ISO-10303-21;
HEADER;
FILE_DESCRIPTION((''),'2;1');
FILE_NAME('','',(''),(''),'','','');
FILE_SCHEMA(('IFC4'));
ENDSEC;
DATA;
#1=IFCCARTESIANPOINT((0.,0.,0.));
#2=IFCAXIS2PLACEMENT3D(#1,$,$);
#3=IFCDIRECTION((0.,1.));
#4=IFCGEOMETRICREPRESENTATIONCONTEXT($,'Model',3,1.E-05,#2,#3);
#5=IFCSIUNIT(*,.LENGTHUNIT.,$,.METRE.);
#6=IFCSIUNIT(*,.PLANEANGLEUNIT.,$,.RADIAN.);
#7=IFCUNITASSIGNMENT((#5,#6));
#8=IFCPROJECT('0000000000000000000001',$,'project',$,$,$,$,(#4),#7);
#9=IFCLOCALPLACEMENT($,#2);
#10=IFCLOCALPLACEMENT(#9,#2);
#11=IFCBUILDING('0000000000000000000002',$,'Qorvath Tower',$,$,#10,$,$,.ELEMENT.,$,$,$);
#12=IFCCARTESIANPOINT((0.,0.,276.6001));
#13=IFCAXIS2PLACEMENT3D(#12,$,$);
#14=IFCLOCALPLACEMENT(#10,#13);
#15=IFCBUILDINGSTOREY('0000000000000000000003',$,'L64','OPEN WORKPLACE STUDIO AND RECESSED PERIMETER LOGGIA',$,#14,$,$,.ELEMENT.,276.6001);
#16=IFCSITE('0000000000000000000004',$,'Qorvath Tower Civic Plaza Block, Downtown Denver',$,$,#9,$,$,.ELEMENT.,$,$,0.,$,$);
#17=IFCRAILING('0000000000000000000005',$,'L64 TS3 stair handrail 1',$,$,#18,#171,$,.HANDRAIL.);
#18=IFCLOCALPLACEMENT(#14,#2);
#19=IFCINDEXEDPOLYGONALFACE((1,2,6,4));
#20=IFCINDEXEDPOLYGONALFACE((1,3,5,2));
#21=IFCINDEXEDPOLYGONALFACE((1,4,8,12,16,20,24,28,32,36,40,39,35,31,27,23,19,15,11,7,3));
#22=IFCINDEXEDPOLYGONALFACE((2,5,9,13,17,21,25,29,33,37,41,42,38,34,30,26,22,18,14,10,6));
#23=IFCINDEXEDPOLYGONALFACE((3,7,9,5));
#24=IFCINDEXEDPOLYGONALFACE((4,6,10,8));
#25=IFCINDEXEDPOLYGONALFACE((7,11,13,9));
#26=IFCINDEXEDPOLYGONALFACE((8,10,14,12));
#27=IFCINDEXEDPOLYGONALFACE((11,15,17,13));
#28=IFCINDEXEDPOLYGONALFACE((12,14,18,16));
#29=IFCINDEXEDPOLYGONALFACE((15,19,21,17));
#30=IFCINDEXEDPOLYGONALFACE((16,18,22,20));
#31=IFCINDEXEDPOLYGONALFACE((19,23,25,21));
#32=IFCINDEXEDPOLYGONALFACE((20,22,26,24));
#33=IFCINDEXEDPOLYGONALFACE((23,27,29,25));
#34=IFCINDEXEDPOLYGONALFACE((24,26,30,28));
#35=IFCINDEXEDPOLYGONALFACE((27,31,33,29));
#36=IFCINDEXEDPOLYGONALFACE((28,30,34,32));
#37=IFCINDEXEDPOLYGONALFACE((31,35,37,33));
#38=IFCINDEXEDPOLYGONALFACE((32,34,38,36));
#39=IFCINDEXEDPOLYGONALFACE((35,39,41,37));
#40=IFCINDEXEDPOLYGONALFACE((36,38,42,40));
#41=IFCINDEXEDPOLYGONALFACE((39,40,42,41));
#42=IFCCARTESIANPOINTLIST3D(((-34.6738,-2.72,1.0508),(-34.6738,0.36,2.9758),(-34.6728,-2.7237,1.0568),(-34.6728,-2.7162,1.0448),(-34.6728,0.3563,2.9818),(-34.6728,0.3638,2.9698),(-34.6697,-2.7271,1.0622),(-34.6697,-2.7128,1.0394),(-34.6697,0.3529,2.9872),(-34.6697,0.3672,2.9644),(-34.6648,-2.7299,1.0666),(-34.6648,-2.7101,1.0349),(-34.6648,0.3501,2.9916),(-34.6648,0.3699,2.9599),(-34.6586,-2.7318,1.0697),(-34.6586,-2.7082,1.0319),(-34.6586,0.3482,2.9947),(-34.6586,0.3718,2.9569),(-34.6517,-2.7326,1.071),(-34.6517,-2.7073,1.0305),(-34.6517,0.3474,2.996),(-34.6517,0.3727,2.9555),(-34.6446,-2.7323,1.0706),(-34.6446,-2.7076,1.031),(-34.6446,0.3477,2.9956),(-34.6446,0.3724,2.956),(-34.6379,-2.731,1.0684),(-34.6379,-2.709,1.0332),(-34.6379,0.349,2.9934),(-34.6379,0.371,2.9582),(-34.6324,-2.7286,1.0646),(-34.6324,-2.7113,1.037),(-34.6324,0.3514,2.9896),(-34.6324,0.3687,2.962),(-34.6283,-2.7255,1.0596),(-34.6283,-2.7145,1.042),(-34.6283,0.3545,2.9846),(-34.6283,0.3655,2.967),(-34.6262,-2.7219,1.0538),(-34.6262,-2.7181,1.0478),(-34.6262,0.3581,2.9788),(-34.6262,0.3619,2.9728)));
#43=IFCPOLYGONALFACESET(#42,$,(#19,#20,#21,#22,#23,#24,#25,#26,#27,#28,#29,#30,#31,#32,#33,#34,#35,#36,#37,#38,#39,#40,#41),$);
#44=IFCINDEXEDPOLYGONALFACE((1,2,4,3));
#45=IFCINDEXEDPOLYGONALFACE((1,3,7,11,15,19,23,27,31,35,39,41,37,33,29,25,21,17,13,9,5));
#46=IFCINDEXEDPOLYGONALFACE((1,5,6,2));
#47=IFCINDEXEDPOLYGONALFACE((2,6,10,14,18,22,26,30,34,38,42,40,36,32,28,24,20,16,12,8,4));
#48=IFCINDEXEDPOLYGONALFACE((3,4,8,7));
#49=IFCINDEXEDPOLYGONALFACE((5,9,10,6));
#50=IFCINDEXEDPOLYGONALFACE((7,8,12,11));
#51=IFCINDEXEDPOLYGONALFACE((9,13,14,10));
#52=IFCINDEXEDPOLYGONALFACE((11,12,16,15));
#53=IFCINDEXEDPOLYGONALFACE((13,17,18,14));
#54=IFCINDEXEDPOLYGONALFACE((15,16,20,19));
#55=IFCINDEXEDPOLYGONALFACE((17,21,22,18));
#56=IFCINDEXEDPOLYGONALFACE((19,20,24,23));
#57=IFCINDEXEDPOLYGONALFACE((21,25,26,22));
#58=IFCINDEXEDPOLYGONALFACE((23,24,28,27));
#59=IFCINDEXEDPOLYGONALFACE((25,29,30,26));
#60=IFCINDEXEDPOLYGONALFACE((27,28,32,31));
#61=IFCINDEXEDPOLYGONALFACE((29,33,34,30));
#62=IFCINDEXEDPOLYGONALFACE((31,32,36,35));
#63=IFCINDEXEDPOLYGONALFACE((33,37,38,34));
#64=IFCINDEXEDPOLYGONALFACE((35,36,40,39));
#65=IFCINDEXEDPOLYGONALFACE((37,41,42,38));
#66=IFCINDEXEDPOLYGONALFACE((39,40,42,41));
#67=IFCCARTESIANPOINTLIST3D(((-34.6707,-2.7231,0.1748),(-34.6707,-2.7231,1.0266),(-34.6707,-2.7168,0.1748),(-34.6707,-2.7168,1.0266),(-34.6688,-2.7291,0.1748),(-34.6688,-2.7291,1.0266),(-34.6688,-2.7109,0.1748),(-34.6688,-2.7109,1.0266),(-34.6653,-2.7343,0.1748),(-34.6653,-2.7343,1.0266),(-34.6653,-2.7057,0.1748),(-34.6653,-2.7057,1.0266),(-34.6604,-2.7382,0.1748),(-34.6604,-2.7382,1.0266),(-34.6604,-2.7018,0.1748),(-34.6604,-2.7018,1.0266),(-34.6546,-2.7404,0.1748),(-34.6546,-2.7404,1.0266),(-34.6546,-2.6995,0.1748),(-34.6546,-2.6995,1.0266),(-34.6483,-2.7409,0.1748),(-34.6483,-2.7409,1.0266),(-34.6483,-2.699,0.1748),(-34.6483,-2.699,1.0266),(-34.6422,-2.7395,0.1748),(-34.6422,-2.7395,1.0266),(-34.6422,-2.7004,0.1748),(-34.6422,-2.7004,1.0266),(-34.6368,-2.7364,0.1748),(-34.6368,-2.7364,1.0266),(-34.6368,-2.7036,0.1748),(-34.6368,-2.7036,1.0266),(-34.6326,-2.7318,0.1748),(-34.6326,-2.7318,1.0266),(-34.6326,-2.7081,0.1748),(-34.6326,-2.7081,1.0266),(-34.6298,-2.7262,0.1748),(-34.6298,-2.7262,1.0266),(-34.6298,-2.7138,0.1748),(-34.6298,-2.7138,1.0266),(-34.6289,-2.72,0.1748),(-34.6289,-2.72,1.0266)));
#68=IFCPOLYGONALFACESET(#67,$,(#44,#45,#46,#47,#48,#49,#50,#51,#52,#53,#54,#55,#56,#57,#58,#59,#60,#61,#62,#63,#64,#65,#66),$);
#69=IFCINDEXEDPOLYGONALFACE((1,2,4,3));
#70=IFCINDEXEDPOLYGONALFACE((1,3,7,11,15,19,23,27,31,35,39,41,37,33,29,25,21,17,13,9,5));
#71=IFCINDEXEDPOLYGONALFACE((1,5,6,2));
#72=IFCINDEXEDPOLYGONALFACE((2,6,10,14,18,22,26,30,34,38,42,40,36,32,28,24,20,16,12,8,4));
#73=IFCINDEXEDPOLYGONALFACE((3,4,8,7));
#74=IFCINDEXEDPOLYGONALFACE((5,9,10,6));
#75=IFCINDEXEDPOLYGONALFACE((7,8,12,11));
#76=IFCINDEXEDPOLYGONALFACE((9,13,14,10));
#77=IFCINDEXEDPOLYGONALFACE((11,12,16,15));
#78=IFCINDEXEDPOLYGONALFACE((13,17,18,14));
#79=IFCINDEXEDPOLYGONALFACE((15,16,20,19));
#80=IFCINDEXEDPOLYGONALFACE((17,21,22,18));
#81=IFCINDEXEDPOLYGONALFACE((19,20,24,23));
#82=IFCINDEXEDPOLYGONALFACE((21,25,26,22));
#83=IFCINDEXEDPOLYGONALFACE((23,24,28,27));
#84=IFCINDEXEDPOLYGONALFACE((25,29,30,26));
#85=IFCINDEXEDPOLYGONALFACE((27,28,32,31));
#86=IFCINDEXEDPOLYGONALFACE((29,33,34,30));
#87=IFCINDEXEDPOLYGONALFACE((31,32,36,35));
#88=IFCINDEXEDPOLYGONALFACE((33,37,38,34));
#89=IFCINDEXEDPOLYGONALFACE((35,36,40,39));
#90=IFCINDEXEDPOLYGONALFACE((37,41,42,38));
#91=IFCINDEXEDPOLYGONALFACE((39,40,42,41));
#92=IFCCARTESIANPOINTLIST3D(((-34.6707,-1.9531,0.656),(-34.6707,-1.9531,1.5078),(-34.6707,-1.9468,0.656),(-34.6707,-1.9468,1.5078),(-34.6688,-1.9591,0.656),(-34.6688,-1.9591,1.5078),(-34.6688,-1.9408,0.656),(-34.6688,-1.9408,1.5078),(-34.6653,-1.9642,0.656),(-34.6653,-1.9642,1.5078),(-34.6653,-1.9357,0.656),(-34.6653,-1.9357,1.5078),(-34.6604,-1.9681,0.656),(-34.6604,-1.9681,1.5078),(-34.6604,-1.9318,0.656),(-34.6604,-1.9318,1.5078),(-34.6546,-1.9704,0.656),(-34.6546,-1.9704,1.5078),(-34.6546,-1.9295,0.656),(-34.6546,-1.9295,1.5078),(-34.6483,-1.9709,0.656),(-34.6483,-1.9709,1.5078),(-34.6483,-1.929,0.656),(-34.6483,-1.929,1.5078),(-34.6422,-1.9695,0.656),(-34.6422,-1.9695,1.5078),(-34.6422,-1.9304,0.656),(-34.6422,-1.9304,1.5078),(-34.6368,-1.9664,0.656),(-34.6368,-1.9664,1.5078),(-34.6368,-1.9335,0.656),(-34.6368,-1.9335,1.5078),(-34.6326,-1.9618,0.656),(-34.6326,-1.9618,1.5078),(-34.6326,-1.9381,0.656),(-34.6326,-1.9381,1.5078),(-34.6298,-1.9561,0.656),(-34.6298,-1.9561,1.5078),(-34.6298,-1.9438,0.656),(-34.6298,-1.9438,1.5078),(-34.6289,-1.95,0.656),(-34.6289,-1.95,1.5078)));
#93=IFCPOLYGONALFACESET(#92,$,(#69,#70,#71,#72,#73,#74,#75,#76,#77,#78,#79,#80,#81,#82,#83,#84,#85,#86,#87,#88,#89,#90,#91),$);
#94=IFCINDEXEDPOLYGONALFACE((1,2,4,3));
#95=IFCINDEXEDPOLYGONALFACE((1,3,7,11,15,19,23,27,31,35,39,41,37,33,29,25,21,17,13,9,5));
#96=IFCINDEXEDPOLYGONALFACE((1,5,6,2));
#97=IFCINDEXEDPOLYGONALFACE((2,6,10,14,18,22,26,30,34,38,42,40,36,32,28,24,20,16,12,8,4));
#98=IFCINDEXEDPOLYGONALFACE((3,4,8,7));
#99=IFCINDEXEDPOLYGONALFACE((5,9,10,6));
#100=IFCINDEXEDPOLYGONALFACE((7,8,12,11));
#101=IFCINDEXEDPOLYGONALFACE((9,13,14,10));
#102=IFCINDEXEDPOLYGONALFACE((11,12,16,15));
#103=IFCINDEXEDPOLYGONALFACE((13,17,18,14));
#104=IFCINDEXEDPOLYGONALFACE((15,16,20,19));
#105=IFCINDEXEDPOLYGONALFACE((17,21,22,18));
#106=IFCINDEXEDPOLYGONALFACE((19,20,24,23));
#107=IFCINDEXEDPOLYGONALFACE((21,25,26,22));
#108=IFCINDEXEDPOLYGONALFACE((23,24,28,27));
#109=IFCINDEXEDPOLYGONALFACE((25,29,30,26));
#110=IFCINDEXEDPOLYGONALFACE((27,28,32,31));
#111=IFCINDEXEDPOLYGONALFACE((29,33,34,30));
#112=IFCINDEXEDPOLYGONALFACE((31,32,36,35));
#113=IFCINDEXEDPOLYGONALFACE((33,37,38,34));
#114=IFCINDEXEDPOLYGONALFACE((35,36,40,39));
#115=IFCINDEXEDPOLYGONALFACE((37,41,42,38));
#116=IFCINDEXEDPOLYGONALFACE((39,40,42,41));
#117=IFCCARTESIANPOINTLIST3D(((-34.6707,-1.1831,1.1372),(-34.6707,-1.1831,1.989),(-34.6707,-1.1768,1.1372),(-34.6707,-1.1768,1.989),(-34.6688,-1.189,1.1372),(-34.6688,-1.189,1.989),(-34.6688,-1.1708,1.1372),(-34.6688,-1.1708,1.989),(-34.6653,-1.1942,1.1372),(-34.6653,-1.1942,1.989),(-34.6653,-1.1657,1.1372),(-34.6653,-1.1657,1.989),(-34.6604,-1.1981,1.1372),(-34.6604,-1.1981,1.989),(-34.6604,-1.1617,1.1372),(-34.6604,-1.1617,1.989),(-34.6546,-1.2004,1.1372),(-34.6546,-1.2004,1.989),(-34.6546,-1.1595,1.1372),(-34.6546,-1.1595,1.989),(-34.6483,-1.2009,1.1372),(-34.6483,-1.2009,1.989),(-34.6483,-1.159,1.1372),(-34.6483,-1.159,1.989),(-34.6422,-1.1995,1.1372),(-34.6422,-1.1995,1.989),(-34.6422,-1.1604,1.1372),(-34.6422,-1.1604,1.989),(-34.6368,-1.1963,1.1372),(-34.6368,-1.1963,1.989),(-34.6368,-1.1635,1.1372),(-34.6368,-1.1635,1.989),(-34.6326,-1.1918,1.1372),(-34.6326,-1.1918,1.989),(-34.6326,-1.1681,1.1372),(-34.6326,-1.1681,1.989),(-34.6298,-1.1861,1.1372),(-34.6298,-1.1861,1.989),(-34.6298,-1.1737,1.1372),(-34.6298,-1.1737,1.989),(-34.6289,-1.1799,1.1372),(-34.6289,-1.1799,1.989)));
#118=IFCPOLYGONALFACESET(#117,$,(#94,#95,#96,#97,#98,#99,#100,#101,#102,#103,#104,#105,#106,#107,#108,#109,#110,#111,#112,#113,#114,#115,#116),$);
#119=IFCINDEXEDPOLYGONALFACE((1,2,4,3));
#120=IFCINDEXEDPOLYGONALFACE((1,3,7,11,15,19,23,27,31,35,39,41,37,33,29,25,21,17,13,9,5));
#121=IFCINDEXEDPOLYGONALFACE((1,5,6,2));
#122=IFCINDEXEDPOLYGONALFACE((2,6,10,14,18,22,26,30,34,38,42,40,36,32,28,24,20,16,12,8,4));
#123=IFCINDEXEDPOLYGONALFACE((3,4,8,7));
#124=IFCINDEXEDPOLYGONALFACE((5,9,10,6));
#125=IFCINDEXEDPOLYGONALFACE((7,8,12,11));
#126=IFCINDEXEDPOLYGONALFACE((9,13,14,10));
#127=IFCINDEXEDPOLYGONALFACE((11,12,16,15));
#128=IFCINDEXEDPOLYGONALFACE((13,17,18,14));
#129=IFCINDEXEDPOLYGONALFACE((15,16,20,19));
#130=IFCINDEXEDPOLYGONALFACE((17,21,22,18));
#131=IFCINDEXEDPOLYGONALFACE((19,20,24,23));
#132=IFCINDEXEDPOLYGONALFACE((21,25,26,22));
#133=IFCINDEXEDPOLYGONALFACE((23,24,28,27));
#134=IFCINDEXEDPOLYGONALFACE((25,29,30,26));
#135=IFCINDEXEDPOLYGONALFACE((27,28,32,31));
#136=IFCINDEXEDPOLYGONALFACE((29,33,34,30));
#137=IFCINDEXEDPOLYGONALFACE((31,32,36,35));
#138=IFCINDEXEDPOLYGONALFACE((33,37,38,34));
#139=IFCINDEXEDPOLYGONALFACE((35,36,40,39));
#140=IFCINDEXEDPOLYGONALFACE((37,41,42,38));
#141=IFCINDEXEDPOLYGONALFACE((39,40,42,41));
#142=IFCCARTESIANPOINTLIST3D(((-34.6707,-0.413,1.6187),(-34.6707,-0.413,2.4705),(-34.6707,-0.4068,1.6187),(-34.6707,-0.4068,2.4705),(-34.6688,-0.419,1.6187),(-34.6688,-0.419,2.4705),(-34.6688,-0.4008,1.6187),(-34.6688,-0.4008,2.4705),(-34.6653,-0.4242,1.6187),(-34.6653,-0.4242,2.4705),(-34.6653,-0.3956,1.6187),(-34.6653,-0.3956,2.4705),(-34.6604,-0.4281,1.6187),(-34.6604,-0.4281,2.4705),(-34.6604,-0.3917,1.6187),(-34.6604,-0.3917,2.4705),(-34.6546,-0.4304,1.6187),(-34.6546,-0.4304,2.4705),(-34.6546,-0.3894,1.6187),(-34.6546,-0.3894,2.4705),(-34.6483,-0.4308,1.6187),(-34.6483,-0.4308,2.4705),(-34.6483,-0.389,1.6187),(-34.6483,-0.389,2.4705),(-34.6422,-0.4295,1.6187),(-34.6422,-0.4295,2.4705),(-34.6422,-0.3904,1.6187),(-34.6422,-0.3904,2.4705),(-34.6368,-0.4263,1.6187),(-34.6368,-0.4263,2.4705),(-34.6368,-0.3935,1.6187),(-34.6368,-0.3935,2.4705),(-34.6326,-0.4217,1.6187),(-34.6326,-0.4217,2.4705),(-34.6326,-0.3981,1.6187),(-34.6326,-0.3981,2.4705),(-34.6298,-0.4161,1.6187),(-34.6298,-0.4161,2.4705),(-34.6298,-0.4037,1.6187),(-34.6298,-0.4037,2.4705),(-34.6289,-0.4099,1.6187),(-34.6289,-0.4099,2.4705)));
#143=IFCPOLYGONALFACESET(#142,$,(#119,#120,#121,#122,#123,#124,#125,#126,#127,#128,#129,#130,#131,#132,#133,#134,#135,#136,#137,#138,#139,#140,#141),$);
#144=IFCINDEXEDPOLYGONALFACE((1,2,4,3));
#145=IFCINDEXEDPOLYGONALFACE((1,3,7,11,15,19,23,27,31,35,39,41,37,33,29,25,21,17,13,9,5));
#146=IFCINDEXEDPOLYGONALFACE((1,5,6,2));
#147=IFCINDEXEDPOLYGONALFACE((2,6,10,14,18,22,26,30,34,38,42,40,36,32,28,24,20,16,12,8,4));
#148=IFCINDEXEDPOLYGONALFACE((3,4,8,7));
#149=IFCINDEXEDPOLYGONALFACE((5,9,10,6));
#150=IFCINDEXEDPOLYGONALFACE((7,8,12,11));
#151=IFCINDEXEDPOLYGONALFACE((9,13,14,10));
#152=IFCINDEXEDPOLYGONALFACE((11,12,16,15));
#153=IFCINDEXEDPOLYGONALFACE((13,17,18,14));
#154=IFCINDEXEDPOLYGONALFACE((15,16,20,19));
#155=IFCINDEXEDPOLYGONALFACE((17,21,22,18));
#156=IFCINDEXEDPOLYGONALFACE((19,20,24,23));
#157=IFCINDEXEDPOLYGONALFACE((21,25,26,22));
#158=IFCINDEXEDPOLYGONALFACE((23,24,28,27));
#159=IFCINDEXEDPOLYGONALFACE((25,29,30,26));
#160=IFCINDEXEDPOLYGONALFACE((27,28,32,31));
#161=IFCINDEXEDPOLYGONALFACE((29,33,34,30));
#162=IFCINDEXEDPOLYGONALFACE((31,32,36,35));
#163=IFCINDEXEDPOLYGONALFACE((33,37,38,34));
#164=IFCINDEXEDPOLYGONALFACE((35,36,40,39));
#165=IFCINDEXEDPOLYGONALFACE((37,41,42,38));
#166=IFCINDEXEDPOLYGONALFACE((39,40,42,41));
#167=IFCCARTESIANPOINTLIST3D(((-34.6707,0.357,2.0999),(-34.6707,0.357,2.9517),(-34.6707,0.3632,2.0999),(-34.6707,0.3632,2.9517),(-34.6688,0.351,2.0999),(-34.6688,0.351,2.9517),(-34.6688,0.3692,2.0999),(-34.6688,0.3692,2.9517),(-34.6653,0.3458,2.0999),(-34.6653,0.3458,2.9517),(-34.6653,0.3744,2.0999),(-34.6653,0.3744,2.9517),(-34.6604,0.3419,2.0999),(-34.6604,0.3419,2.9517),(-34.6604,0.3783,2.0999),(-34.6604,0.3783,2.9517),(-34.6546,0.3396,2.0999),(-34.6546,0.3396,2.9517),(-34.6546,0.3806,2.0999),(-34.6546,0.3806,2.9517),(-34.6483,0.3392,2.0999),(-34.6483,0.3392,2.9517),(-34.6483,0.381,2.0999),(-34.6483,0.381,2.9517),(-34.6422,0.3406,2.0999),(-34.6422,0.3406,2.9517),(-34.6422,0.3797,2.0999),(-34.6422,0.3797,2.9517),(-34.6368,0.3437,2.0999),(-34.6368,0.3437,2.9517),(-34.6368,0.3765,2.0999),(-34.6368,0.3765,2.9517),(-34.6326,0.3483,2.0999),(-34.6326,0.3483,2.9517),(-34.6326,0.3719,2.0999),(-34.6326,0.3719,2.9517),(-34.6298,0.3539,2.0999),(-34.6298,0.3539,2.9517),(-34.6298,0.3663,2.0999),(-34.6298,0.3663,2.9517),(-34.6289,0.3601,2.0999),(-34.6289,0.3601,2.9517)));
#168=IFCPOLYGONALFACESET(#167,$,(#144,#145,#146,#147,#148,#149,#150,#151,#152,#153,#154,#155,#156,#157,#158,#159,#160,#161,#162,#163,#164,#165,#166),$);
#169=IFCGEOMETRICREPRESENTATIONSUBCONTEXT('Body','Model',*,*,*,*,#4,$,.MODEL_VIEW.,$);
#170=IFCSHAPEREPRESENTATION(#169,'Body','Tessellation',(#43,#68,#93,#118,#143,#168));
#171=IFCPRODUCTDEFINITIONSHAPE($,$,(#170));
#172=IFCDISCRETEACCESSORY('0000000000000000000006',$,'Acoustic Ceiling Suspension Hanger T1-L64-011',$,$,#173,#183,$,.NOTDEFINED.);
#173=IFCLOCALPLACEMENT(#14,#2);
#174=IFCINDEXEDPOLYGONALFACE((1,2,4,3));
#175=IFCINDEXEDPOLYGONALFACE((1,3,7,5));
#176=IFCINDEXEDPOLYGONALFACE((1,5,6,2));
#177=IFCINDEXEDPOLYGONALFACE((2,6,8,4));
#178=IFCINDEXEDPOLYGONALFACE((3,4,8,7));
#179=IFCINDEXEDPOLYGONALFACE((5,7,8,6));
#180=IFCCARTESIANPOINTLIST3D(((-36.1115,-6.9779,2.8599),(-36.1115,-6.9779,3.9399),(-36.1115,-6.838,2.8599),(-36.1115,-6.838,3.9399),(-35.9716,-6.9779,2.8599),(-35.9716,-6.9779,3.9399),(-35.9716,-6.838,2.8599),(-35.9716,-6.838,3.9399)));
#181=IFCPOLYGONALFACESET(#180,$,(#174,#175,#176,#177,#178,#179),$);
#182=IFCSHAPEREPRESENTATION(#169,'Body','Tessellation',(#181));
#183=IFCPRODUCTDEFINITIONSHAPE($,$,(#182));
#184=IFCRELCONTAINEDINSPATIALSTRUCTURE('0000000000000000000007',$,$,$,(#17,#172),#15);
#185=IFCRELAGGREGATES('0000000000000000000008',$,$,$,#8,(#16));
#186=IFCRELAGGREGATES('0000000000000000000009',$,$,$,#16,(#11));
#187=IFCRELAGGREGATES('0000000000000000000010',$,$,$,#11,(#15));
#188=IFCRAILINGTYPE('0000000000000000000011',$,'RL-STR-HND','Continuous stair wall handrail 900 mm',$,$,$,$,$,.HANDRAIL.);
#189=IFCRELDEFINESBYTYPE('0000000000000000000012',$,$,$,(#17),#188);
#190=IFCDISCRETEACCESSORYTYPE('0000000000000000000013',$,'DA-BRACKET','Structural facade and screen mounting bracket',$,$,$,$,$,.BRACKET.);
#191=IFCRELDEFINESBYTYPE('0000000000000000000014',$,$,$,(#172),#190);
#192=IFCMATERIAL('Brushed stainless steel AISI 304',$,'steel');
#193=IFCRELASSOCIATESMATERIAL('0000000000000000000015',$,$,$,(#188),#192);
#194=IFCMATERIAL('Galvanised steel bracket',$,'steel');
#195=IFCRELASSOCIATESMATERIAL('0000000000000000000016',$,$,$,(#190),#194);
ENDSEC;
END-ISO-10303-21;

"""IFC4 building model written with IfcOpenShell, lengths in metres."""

from ifc_helpers import new_model, si_unit, direction, frame, origin, origin_2d, place, context, subcontext, project, spatial, rectangle, circle, extrude, material, type_object, element, save


model = new_model("IFC4")

# Units and contexts
model_context = context("Model", 3, precision=1e-05, world=origin(), true_north=direction((0.0, 1.0)))
body_context = subcontext(model_context, "Body", "Model", "MODEL_VIEW")
ifc_project = project(units=[si_unit("LENGTHUNIT", "METRE"), si_unit("PLANEANGLEUNIT", "RADIAN")], contexts=[model_context])

# Site, building, storey
site_placement = place(None, origin())
site = spatial("IfcSite", under=ifc_project, at=site_placement, Name="Qorvath Tower Civic Plaza Block, Downtown Denver", CompositionType="ELEMENT", RefElevation=0.0)
building_placement = place(site_placement, origin())
building = spatial("IfcBuilding", under=site, at=building_placement, Name="Qorvath Tower", CompositionType="ELEMENT")
storey_placement = place(building_placement, frame((0.0, 0.0, 276.6001)))
storey = spatial("IfcBuildingStorey", under=building, at=storey_placement, Name="L64", Description="OPEN WORKPLACE STUDIO AND RECESSED PERIMETER LOGGIA", CompositionType="ELEMENT", Elevation=276.6001)

# Railing
ifc_material_1 = material(Name="Brushed stainless steel AISI 304", Category="steel")
railing_type_1 = type_object("IfcRailingType", Name="RL-STR-HND", Description="Continuous stair wall handrail 900 mm", PredefinedType="HANDRAIL", material=ifc_material_1)
railing_1_placement = place(storey_placement, frame((-34.6499, -2.72, 0.1748)))
element("IfcRailing", 1, at=railing_1_placement, inside=storey, type_object=railing_type_1, Name="L64 TS3 stair handrail 1", PredefinedType="HANDRAIL", context=body_context, shape_type="SweptSolid", body=[
    extrude(circle(Radius=0.0239, at=origin_2d()), frame((0.0, 0.0, 0.876), z_axis=(0.0, 0.847998, 0.529999), x_axis=(-1.0, 0.0, 0.0)), (0.0, 0.0, 1.0), 3.6321),
    extrude(circle(Radius=0.021, at=origin_2d()), origin(), (0.0, 0.0, 1.0), 0.8518),
    extrude(circle(Radius=0.021, at=origin_2d()), frame((0.0, 0.77, 0.4812)), (0.0, 0.0, 1.0), 0.8518),
    extrude(circle(Radius=0.021, at=origin_2d()), frame((0.0, 1.54, 0.9624)), (0.0, 0.0, 1.0), 0.8518),
    extrude(circle(Radius=0.021, at=origin_2d()), frame((0.0, 2.3101, 1.4438)), (0.0, 0.0, 1.0), 0.8518),
    extrude(circle(Radius=0.021, at=origin_2d()), frame((0.0, 3.0801, 1.925)), (0.0, 0.0, 1.0), 0.8518),
])

# Discrete accessory
ifc_material_2 = material(Name="Galvanised steel bracket", Category="steel")
discrete_accessory_type = type_object("IfcDiscreteAccessoryType", Name="DA-BRACKET", Description="Structural facade and screen mounting bracket", PredefinedType="BRACKET", material=ifc_material_2)
discrete_accessory_placement = place(storey_placement, frame((-36.0415, -6.908, 2.8599), z_axis=(0.0, 0.0, 1.0), x_axis=(1.0, 0.0, 0.0)))
element("IfcDiscreteAccessory", 2, at=discrete_accessory_placement, inside=storey, type_object=discrete_accessory_type, Name="Acoustic Ceiling Suspension Hanger T1-L64-011", PredefinedType="NOTDEFINED", context=body_context, shape_type="SweptSolid", body=[
    extrude(rectangle(XDim=0.1399, YDim=0.1399, at=origin_2d()), origin(), (0.0, 0.0, 1.0), 1.0801),
])

save(model, "model.ifc")
